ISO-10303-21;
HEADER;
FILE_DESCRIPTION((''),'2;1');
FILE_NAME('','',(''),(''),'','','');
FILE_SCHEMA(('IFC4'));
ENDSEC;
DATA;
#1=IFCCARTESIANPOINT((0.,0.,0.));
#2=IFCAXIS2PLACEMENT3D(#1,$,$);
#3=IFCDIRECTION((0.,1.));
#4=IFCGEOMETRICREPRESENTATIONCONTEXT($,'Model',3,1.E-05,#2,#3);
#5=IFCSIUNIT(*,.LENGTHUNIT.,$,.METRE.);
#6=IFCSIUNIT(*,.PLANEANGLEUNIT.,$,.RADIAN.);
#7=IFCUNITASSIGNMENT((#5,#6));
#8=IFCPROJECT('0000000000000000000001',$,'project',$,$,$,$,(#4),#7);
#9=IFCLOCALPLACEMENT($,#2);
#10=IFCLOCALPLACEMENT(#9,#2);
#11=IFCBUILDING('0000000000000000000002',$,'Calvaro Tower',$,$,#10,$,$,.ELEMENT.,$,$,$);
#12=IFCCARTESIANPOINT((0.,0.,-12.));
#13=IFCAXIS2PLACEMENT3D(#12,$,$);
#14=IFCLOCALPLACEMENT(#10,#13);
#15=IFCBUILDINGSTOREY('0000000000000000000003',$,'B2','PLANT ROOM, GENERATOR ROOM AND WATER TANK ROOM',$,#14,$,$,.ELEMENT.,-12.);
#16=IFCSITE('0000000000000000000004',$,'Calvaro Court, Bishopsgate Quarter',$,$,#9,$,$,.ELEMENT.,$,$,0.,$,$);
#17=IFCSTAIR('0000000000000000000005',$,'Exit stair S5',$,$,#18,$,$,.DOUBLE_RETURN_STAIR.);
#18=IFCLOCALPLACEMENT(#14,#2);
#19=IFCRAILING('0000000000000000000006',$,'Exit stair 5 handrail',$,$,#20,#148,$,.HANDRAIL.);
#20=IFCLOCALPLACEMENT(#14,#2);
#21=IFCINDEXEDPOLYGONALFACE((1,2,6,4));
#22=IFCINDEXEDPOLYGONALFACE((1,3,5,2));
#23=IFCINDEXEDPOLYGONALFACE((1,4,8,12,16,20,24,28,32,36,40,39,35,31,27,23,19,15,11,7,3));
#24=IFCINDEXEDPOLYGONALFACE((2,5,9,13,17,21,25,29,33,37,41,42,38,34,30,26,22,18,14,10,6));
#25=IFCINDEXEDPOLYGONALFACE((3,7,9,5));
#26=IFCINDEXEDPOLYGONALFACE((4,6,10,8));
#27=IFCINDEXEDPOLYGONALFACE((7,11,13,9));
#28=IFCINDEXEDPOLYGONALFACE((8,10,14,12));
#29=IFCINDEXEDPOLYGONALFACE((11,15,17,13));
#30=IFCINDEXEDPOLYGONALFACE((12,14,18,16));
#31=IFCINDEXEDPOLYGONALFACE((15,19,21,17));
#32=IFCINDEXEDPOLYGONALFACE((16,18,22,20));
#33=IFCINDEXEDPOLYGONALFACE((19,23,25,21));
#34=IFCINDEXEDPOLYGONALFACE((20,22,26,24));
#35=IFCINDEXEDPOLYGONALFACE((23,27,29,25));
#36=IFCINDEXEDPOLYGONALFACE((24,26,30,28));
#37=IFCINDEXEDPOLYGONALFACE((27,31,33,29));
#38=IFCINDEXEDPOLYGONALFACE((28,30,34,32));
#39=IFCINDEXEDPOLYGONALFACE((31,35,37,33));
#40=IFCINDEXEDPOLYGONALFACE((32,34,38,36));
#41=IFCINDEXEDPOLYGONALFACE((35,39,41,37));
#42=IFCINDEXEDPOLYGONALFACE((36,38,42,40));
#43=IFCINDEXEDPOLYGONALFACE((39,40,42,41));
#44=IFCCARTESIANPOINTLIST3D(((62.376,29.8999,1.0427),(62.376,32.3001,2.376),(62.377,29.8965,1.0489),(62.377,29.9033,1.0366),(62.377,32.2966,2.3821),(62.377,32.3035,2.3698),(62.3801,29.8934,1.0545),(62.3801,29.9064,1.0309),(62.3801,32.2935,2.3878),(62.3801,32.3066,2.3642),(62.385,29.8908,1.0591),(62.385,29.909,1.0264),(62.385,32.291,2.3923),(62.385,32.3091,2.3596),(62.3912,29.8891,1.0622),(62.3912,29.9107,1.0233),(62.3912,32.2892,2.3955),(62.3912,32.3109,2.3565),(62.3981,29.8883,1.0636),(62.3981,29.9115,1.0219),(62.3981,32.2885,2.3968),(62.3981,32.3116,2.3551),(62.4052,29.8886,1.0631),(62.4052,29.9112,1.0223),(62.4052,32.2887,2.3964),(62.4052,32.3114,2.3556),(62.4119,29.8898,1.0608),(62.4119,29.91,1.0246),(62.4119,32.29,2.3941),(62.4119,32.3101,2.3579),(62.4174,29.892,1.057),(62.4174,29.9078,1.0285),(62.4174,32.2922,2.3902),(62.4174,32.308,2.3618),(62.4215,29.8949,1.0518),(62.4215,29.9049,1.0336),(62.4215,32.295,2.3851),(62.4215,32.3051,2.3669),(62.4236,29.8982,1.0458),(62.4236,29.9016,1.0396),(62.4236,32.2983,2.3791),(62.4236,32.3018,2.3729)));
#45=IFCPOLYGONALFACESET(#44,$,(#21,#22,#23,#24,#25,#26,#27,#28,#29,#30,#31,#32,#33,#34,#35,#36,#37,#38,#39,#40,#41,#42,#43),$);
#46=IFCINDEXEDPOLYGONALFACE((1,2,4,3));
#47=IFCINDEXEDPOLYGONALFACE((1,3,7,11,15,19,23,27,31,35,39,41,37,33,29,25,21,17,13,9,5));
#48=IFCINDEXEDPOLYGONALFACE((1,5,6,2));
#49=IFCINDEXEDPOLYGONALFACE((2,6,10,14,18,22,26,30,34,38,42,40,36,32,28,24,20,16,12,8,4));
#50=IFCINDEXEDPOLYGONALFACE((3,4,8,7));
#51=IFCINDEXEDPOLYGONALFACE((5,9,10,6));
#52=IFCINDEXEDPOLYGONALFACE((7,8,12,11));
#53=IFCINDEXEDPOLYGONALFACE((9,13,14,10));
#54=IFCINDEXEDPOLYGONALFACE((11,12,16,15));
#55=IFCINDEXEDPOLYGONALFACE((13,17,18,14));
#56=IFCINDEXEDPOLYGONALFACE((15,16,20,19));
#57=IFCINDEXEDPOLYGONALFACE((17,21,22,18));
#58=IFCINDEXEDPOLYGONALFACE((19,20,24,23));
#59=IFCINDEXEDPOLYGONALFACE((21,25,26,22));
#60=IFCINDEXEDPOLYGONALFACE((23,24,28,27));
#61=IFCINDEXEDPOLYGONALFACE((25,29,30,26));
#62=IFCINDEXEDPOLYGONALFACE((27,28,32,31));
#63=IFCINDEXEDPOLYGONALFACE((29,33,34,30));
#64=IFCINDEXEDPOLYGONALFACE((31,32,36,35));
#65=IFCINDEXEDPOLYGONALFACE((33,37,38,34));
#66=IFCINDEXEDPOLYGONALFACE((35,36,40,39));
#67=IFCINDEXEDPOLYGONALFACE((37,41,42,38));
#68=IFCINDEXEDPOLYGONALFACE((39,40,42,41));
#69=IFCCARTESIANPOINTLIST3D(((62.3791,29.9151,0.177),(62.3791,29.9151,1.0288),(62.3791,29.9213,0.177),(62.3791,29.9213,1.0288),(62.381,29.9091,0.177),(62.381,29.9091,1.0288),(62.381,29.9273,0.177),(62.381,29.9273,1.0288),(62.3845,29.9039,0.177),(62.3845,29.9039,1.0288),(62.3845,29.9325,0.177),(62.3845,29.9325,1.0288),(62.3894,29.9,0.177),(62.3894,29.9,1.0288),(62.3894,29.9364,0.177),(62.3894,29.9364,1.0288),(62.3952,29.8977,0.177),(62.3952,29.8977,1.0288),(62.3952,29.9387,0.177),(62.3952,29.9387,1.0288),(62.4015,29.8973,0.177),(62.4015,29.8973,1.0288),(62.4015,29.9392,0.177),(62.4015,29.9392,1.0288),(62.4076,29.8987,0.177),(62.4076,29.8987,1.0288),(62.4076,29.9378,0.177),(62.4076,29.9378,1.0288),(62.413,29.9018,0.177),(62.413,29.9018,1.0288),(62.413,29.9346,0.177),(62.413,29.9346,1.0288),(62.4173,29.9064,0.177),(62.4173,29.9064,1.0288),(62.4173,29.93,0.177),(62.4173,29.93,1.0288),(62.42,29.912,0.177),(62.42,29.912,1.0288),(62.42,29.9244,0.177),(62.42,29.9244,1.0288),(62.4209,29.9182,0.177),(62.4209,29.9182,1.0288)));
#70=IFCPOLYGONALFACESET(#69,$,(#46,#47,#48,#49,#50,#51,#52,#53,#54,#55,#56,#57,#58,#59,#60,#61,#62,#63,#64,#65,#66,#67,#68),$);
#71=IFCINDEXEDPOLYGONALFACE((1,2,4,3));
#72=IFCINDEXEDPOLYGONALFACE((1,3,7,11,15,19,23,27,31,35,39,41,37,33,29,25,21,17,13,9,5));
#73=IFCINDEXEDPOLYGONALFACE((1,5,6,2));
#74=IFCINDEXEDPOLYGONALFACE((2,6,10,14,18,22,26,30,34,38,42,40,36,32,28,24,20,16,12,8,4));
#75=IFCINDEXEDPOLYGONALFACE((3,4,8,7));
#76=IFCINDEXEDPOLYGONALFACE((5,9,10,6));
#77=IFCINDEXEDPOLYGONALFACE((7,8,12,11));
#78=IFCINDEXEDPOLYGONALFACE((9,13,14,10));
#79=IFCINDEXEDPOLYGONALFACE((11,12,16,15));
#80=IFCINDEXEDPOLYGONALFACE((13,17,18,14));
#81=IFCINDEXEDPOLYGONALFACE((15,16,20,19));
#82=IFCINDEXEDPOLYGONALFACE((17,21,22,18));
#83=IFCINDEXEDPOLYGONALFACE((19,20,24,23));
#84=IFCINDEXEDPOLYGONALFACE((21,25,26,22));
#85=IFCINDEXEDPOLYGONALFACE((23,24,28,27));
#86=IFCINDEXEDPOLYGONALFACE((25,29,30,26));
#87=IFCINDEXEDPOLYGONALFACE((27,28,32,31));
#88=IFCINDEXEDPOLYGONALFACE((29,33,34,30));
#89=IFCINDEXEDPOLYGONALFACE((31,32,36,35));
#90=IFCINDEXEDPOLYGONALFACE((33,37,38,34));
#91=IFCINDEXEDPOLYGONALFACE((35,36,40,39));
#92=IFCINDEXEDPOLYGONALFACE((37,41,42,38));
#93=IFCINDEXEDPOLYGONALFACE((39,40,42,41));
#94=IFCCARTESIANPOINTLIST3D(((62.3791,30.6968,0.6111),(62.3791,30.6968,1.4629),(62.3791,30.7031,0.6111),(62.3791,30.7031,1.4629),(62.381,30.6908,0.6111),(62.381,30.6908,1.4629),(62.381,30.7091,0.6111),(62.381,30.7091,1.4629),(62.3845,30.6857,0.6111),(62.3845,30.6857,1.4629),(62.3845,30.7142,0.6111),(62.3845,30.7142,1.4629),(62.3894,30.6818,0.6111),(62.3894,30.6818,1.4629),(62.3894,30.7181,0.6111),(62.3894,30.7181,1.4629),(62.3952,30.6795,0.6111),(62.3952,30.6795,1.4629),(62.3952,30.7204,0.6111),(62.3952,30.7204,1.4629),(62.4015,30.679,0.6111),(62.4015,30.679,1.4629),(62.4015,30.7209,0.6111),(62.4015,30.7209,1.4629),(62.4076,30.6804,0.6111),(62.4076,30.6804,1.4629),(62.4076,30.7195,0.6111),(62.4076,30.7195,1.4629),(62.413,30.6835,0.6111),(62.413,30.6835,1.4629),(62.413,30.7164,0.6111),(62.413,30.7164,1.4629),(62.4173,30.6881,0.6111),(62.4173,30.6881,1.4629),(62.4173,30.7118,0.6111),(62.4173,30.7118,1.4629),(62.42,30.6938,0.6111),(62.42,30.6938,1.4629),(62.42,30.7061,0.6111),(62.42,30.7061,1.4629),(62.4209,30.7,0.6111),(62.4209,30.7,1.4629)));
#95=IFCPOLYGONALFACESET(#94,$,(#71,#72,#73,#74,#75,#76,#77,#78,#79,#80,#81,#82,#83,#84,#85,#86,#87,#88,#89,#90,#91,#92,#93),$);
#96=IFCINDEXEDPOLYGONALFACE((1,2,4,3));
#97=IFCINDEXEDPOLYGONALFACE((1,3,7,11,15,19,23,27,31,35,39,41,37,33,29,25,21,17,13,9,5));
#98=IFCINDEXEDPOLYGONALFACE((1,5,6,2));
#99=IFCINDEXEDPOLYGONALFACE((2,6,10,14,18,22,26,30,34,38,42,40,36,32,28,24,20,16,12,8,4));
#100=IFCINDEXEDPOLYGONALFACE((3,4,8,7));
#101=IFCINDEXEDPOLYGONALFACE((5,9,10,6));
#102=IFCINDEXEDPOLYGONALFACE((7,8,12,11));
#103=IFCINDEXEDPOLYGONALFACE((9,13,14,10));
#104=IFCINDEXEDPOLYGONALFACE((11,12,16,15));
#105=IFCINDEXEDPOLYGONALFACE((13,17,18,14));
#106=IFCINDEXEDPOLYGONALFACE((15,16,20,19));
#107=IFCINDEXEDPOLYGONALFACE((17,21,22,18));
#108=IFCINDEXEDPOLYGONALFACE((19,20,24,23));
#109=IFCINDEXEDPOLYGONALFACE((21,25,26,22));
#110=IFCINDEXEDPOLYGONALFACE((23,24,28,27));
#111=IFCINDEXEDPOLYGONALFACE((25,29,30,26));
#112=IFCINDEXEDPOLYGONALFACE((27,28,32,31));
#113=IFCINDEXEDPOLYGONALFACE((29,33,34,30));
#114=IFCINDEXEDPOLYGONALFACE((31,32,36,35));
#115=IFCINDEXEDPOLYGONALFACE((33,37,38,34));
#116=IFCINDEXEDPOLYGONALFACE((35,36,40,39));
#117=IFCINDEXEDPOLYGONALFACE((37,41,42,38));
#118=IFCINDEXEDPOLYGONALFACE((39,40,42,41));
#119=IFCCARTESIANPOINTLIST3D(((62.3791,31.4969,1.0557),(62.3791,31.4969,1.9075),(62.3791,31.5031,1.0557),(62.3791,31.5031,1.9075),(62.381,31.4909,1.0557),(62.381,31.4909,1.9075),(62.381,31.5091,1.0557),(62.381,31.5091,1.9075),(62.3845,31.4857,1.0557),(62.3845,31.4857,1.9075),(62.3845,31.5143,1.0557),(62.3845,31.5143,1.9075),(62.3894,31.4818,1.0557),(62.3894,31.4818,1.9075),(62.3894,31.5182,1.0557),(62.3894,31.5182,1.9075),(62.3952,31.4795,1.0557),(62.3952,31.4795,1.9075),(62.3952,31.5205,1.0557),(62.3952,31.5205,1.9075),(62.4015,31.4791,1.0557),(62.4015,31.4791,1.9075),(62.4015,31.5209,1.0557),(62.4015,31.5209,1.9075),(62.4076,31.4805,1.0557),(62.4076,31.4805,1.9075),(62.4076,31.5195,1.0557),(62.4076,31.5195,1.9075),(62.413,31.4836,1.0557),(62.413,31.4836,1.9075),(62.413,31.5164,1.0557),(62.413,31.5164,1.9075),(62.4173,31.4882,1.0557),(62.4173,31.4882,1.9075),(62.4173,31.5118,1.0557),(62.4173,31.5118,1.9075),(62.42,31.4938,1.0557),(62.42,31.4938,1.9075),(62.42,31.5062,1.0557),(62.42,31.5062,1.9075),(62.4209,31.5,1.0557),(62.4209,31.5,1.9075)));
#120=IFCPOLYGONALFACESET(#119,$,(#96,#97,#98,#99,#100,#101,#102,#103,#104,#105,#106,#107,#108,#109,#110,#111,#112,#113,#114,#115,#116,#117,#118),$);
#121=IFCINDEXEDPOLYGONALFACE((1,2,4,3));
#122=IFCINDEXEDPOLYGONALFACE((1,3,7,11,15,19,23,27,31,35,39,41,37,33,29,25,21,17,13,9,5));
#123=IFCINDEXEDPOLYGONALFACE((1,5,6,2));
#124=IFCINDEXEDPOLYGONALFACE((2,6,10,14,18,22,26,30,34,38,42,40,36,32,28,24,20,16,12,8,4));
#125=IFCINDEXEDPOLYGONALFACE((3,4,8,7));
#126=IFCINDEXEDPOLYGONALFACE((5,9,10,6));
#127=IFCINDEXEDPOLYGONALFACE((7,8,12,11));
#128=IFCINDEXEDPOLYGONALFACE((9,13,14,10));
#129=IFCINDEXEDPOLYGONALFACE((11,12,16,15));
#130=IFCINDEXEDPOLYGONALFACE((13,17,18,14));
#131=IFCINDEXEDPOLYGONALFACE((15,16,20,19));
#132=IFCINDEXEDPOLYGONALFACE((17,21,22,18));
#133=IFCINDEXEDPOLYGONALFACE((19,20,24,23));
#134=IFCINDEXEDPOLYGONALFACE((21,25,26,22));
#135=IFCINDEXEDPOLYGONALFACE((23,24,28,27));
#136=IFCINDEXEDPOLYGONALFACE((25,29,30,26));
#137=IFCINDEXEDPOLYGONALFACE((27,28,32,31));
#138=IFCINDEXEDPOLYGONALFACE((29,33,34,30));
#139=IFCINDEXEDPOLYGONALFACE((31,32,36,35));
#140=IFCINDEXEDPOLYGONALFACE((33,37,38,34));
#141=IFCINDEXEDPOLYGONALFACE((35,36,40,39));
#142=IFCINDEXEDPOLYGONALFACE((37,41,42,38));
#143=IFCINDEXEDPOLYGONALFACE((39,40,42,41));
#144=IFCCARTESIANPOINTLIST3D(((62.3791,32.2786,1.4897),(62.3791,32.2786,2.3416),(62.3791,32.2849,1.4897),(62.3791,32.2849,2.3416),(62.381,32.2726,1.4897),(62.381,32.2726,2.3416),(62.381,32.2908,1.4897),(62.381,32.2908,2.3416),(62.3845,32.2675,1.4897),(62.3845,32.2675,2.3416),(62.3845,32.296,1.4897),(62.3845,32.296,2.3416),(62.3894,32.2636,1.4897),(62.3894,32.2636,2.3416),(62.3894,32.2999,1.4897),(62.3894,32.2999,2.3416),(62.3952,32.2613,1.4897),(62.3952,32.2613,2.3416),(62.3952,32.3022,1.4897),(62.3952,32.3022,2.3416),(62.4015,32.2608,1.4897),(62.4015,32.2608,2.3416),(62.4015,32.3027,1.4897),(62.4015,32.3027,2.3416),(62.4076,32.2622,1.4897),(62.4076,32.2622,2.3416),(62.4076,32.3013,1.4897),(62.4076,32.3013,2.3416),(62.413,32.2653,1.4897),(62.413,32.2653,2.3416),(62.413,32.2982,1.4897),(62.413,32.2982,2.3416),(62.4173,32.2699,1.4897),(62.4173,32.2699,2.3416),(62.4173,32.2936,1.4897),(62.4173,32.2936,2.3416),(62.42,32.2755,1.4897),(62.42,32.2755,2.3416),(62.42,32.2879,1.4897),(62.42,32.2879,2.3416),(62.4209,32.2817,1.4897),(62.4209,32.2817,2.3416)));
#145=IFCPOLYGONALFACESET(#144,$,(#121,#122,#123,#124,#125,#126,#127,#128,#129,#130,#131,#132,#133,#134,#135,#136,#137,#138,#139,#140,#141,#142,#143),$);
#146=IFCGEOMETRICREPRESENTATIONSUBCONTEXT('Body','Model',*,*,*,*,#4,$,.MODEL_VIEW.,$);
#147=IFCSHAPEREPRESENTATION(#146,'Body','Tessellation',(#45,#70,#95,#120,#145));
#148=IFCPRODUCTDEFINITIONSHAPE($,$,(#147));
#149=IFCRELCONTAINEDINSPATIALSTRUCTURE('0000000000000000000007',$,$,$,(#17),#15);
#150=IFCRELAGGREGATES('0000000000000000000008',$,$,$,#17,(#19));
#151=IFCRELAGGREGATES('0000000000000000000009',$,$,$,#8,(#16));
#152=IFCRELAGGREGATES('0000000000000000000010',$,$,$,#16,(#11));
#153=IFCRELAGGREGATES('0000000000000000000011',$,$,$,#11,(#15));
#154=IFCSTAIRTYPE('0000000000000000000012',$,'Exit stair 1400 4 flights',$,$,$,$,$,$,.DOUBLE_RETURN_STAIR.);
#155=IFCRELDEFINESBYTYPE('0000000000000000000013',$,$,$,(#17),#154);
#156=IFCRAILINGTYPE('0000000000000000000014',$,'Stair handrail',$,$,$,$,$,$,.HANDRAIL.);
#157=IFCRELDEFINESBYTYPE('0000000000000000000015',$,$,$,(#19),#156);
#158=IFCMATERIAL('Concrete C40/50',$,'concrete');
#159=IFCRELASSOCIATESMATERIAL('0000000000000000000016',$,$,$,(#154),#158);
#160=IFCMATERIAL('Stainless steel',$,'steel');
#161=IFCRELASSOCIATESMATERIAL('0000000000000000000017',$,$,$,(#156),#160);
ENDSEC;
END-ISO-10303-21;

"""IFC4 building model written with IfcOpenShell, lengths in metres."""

from ifc_helpers import new_model, si_unit, direction, frame, origin, origin_2d, place, context, subcontext, project, spatial, circle, extrude, material, type_object, element, aggregate, save


model = new_model("IFC4")

# Units and contexts
model_context = context("Model", 3, precision=1e-05, world=origin(), true_north=direction((0.0, 1.0)))
body_context = subcontext(model_context, "Body", "Model", "MODEL_VIEW")
ifc_project = project(units=[si_unit("LENGTHUNIT", "METRE"), si_unit("PLANEANGLEUNIT", "RADIAN")], contexts=[model_context])

# Site, building, storey
site_placement = place(None, origin())
site = spatial("IfcSite", under=ifc_project, at=site_placement, Name="Calvaro Court, Bishopsgate Quarter", CompositionType="ELEMENT", RefElevation=0.0)
building_placement = place(site_placement, origin())
building = spatial("IfcBuilding", under=site, at=building_placement, Name="Calvaro Tower", CompositionType="ELEMENT")
storey_placement = place(building_placement, frame((0.0, 0.0, -12.0)))
storey = spatial("IfcBuildingStorey", under=building, at=storey_placement, Name="B2", Description="PLANT ROOM, GENERATOR ROOM AND WATER TANK ROOM", CompositionType="ELEMENT", Elevation=-12.0)

# Stair
ifc_material_1 = material(Name="Concrete C40/50", Category="concrete")
stair_type = type_object("IfcStairType", Name="Exit stair 1400 4 flights", PredefinedType="DOUBLE_RETURN_STAIR", material=ifc_material_1)
stair_1_placement = place(storey_placement, origin())
stair_1 = element("IfcStair", 1, at=stair_1_placement, inside=storey, type_object=stair_type, Name="Exit stair S5", PredefinedType="DOUBLE_RETURN_STAIR")

# Shared definitions
ifc_material_2 = material(Name="Stainless steel", Category="steel")
railing_type = type_object("IfcRailingType", Name="Stair handrail", PredefinedType="HANDRAIL", material=ifc_material_2)

# Railing
railing_1_placement = place(storey_placement, frame((62.3999, 29.8999, 0.1667)))
railing_1 = element("IfcRailing", 2, at=railing_1_placement, type_object=railing_type, Name="Exit stair 5 handrail", PredefinedType="HANDRAIL", context=body_context, shape_type="SweptSolid", body=[
    extrude(circle(Radius=0.0239, at=origin_2d()), frame((0.0, 0.0, 0.876), z_axis=(0.0, 0.874182, 0.485598), x_axis=(-1.0, 0.0, 0.0)), (0.0, 0.0, 1.0), 2.7456),
    extrude(circle(Radius=0.021, at=origin_2d()), frame((0.0, 0.0183, 0.0103)), (0.0, 0.0, 1.0), 0.8518),
    extrude(circle(Radius=0.021, at=origin_2d()), frame((0.0, 0.8, 0.4443)), (0.0, 0.0, 1.0), 0.8518),
    extrude(circle(Radius=0.021, at=origin_2d()), frame((0.0, 1.6001, 0.8889)), (0.0, 0.0, 1.0), 0.8518),
    extrude(circle(Radius=0.021, at=origin_2d()), frame((0.0, 2.3818, 1.323)), (0.0, 0.0, 1.0), 0.8518),
])
aggregate(stair_1, [railing_1])

save(model, "model.ifc")
